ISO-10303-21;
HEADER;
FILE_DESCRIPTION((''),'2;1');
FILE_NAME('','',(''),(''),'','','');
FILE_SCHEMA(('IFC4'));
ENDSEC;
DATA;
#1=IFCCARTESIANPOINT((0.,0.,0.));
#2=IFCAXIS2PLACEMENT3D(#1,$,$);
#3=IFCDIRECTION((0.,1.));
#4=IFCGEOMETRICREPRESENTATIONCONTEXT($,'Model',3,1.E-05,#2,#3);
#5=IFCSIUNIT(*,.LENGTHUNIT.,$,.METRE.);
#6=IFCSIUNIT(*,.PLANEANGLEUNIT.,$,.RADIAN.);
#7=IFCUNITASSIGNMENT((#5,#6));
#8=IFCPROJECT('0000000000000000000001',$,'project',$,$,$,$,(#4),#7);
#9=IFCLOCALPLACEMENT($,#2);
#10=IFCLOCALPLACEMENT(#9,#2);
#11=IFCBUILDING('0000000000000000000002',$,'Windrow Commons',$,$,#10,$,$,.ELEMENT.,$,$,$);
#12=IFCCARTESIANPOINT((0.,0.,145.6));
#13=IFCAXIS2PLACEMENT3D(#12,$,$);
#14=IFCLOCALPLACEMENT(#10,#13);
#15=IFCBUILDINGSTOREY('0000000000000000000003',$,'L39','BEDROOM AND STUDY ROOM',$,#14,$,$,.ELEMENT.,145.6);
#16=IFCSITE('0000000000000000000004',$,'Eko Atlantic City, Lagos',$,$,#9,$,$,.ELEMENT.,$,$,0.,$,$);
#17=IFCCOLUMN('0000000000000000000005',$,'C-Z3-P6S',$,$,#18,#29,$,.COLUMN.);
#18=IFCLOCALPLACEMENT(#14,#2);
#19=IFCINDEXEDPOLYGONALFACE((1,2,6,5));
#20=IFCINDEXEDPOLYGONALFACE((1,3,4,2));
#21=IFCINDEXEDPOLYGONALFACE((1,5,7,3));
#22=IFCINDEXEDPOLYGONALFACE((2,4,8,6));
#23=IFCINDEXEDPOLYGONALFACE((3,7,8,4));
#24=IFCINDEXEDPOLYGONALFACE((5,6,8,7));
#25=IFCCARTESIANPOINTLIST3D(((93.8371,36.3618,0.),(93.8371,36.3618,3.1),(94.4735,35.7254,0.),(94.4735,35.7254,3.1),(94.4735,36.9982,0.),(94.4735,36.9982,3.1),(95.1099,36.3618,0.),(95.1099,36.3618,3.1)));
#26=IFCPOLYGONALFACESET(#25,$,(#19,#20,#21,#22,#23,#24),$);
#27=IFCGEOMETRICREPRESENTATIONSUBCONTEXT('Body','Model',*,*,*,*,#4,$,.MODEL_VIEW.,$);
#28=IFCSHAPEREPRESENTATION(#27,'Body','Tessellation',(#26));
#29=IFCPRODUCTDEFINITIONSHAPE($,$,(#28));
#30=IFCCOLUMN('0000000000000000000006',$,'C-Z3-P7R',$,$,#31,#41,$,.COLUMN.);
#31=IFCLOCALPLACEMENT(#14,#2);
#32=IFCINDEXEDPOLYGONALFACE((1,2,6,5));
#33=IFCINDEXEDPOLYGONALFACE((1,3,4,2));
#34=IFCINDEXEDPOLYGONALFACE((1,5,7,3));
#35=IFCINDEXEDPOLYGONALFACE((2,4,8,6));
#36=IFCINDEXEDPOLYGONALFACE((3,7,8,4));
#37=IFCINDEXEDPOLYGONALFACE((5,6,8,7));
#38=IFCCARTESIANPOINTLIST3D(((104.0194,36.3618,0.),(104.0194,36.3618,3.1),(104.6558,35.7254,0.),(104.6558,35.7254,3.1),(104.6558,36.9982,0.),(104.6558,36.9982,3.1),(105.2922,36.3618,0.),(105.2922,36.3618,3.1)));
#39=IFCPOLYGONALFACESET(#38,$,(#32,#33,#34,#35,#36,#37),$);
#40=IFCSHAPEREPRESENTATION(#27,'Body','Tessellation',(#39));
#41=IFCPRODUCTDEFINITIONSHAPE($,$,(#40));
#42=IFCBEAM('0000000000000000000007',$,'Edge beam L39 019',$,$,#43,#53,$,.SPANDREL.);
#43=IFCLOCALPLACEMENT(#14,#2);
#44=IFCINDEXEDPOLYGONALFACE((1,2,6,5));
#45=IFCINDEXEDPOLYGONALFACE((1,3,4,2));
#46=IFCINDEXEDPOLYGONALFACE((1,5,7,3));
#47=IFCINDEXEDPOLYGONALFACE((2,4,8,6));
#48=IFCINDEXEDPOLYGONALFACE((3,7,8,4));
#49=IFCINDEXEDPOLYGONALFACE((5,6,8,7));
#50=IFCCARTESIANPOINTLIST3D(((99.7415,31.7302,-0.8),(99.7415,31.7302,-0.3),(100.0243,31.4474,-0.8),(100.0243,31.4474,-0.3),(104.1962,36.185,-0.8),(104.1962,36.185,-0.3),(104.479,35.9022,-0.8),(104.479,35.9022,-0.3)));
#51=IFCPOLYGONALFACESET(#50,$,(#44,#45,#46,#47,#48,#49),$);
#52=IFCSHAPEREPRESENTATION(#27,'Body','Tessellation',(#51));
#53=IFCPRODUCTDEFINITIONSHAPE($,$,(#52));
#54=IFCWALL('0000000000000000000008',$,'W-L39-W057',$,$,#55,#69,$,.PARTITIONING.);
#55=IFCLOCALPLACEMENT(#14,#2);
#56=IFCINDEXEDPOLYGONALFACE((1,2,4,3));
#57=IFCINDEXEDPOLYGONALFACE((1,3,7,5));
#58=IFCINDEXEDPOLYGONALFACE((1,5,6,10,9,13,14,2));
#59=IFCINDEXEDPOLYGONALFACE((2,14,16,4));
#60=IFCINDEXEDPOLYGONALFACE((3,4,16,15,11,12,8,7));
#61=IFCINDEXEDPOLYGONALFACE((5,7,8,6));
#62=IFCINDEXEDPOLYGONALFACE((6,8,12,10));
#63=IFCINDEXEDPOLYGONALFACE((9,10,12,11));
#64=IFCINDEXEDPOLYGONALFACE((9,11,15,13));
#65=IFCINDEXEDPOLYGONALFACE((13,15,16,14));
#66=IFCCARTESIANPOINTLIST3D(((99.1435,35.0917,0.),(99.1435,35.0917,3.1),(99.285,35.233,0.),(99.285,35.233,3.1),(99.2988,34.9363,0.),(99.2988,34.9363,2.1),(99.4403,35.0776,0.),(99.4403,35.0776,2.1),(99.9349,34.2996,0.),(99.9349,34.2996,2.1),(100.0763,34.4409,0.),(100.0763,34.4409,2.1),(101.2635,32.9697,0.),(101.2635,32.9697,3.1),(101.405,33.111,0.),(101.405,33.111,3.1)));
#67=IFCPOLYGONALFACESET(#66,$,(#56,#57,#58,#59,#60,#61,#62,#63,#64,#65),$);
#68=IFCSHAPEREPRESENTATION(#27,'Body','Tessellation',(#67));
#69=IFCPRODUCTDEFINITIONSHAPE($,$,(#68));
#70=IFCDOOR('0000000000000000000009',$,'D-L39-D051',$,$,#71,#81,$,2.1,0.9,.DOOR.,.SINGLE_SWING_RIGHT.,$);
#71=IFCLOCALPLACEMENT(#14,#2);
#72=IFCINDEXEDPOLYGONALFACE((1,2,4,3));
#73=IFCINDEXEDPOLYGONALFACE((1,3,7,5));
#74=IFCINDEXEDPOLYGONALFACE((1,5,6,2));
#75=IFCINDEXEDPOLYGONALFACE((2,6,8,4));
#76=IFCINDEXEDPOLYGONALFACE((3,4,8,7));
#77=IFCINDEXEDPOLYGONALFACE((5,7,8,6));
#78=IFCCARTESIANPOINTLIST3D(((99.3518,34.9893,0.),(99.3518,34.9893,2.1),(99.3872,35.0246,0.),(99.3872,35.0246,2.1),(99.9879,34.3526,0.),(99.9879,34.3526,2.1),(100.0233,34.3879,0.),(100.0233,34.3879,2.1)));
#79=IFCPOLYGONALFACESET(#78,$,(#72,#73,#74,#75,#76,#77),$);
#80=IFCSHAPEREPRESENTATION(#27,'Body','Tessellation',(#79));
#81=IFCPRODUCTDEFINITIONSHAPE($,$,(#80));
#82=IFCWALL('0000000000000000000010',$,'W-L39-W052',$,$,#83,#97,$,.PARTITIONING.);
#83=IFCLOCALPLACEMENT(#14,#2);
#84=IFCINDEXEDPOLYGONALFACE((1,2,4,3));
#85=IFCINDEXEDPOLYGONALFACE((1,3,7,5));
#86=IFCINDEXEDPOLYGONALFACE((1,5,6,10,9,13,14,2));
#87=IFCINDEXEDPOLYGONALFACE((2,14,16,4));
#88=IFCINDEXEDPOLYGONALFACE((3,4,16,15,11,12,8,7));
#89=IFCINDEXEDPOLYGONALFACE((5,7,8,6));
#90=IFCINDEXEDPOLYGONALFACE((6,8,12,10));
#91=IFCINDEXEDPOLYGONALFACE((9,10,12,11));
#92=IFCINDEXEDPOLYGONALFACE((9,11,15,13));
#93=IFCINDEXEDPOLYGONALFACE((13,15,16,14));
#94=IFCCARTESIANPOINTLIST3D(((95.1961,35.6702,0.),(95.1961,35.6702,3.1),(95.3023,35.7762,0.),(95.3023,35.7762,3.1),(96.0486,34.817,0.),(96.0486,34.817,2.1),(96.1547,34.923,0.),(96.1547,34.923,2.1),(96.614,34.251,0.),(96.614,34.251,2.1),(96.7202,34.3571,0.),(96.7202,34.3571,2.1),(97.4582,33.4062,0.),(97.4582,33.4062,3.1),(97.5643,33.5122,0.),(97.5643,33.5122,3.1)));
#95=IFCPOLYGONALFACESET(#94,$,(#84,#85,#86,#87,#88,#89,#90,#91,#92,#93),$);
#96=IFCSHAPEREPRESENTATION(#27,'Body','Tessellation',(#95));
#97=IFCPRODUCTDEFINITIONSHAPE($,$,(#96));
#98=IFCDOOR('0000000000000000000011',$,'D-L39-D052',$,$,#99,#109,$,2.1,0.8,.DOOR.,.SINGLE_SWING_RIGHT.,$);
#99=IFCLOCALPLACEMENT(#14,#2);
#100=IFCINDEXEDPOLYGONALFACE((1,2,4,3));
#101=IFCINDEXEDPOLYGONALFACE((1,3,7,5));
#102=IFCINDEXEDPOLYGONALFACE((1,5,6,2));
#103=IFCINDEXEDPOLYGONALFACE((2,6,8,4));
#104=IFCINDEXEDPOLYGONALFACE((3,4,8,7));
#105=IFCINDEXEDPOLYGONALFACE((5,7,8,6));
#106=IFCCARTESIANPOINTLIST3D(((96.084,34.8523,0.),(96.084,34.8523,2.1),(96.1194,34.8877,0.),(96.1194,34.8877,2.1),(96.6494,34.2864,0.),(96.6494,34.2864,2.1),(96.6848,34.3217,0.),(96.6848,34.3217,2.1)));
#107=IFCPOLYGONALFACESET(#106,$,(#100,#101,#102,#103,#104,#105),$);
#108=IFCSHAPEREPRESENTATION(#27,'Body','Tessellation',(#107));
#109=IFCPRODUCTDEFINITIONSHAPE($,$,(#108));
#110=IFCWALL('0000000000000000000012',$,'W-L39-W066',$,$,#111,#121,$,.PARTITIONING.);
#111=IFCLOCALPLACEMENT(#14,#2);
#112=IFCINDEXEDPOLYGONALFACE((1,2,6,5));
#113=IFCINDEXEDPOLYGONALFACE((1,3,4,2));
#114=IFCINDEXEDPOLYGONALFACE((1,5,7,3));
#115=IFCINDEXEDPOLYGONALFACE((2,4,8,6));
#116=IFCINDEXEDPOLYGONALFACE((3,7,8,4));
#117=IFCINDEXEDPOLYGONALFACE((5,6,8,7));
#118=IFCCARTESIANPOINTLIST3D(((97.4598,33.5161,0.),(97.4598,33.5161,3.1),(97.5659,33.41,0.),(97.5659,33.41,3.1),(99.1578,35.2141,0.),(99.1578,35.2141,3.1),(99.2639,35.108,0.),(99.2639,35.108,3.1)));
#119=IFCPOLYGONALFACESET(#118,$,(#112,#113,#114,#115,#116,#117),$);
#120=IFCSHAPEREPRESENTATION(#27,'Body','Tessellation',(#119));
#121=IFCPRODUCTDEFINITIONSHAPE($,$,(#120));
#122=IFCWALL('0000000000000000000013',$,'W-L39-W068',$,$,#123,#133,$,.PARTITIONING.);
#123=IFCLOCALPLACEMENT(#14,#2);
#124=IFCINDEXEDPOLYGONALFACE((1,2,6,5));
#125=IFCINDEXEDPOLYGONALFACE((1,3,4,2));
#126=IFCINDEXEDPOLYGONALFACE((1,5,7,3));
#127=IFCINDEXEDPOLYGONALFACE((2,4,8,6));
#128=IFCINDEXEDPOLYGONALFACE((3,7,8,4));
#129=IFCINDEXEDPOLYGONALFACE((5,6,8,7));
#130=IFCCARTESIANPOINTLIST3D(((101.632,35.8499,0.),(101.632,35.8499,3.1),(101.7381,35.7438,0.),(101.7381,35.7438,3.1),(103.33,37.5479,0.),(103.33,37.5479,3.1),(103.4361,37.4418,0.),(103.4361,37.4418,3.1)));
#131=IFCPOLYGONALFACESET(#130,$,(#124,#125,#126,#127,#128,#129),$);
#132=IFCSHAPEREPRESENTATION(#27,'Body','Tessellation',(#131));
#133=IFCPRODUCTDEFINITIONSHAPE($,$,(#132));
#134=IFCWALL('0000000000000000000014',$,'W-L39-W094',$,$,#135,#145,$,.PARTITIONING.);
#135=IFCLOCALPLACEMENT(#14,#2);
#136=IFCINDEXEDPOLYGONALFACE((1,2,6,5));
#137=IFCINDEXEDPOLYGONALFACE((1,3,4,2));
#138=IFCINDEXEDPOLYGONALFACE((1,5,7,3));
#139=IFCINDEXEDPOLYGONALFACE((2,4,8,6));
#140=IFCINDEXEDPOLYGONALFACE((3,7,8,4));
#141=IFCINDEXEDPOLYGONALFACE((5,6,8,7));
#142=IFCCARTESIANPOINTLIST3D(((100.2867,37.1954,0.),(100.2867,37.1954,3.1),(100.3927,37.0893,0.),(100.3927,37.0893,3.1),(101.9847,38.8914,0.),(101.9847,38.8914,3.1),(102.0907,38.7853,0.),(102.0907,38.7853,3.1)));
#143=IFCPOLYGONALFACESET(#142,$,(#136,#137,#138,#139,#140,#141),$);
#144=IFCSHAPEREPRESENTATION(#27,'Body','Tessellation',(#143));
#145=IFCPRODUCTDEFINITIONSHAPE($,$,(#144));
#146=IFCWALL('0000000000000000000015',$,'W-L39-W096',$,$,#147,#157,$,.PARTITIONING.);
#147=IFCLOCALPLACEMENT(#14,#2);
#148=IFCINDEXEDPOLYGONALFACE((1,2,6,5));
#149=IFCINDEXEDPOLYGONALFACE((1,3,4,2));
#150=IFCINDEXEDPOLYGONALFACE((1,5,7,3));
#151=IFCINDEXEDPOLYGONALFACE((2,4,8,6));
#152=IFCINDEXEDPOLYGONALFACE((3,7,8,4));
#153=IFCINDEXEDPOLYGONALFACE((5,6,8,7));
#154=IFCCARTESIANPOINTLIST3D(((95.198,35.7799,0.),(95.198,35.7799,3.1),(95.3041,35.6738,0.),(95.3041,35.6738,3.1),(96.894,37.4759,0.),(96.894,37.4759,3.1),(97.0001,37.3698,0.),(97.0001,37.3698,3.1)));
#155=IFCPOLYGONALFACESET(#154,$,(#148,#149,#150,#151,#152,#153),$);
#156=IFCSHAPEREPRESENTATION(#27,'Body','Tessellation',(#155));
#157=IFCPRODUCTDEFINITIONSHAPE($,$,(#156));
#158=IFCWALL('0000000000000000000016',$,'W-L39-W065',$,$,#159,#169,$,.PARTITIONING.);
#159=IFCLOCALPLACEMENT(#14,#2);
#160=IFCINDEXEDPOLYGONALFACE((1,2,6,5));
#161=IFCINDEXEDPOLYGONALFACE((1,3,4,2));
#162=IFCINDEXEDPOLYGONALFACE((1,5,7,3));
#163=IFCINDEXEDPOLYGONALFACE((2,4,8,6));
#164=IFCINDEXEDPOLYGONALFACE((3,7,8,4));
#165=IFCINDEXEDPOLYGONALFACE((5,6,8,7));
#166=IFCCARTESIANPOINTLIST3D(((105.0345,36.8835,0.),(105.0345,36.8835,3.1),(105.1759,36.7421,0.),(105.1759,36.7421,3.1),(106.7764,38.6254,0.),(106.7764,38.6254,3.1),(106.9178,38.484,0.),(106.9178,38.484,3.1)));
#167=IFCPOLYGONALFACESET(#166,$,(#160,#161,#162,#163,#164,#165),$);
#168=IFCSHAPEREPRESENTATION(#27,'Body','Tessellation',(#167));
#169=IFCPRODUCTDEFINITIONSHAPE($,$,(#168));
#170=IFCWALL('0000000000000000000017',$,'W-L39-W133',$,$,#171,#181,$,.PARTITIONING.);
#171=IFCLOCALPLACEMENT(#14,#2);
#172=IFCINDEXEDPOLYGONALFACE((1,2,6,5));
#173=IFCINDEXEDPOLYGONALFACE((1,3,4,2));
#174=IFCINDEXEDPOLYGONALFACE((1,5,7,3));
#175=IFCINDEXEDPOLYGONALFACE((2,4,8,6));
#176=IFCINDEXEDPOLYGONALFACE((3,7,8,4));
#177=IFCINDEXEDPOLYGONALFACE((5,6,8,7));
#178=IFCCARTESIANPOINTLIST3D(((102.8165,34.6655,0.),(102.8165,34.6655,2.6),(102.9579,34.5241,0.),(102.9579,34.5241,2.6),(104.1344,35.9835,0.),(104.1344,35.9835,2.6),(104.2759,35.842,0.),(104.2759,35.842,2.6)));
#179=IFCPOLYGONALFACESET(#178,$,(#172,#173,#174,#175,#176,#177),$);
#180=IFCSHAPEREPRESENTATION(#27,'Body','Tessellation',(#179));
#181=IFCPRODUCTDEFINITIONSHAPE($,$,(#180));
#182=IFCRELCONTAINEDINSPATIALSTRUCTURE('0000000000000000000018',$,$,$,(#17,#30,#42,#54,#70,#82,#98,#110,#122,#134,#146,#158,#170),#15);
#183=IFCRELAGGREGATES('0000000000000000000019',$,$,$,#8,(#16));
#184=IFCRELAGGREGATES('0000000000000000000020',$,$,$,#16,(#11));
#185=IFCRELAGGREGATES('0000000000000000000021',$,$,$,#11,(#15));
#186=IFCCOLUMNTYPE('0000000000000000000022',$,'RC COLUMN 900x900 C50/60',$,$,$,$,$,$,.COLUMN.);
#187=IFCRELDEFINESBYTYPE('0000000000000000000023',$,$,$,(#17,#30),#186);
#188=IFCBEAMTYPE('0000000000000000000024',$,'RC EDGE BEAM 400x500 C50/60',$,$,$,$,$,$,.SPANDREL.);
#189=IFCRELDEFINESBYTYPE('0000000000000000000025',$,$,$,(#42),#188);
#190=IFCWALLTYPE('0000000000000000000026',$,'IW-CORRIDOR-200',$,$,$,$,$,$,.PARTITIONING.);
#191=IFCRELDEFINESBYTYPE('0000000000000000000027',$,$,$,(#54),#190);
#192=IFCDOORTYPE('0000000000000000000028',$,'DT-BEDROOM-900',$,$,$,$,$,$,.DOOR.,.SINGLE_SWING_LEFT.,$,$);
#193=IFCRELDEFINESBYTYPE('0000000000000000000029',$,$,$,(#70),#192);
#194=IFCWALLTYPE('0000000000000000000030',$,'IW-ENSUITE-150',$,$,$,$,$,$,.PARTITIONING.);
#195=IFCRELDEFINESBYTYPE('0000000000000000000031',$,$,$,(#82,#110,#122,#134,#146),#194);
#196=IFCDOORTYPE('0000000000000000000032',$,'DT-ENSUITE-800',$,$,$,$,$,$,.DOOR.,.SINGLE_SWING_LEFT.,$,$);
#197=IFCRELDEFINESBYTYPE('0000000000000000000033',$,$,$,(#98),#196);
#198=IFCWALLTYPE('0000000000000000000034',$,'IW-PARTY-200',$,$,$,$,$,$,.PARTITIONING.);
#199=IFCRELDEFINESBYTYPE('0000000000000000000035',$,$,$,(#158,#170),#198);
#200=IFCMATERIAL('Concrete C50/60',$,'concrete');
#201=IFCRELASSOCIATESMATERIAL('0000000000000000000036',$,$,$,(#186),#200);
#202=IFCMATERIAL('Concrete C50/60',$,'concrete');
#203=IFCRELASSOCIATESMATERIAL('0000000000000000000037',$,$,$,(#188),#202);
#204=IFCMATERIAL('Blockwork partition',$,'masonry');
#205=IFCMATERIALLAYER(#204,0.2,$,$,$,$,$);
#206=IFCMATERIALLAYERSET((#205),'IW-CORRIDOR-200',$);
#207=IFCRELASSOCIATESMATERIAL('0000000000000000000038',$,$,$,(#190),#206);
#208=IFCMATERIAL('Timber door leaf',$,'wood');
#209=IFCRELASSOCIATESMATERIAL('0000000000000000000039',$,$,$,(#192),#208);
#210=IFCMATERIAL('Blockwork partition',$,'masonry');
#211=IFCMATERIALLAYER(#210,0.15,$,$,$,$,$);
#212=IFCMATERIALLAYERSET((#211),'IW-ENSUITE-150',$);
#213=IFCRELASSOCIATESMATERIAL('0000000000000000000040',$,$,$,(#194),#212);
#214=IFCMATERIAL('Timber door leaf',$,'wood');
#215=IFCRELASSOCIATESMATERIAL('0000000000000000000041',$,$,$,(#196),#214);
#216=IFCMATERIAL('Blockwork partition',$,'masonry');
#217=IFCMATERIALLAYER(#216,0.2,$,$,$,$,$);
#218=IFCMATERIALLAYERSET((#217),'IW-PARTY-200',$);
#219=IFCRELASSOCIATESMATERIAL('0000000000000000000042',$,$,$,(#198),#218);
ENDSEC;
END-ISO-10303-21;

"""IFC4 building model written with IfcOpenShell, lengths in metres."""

from ifc_helpers import new_model, si_unit, direction, frame, frame_2d, origin, origin_2d, place, context, subcontext, project, spatial, rectangle, extrude, material, layer, layer_set, material_profile, profile_set, type_object, element, fill, save


model = new_model("IFC4")

# Units and contexts
model_context = context("Model", 3, precision=1e-05, world=origin(), true_north=direction((0.0, 1.0)))
body_context = subcontext(model_context, "Body", "Model", "MODEL_VIEW")
ifc_project = project(units=[si_unit("LENGTHUNIT", "METRE"), si_unit("PLANEANGLEUNIT", "RADIAN")], contexts=[model_context])

# Site, building, storey
site_placement = place(None, origin())
site = spatial("IfcSite", under=ifc_project, at=site_placement, Name="Eko Atlantic City, Lagos", CompositionType="ELEMENT", RefElevation=0.0)
building_placement = place(site_placement, origin())
building = spatial("IfcBuilding", under=site, at=building_placement, Name="Windrow Commons", CompositionType="ELEMENT")
storey_placement = place(building_placement, frame((0.0, 0.0, 145.6)))
storey = spatial("IfcBuildingStorey", under=building, at=storey_placement, Name="L39", Description="BEDROOM AND STUDY ROOM", CompositionType="ELEMENT", Elevation=145.6)

# Columns
ifc_material_1 = material(Name="Concrete C50/60", Category="concrete")
ifc_material_profile_1 = material_profile(ifc_material_1, rectangle(XDim=0.9, YDim=0.9, at=origin_2d()))
ifc_profile_set_1 = profile_set([ifc_material_profile_1], Name="Concrete C50/60")
column_type = type_object("IfcColumnType", Name="RC COLUMN 900x900 C50/60", PredefinedType="COLUMN", material=ifc_profile_set_1)
for number, where, z_axis, x_axis, name in (
    (1, (94.4735, 36.3618, 0.0), (0.0, 0.0, 1.0), (0.707107, -0.707107, 0.0), "C-Z3-P6S"),
    (2, (104.6558, 36.3618, 0.0), (0.0, 0.0, 1.0), (0.707107, -0.707107, 0.0), "C-Z3-P7R"),
):
    element("IfcColumn", number, at=place(storey_placement, frame(where, z_axis=z_axis, x_axis=x_axis)), inside=storey, type_object=column_type, Name=name, PredefinedType="COLUMN", context=body_context, shape_type="SweptSolid", body=[
        extrude(rectangle(XDim=0.9, YDim=0.9, at=origin_2d()), origin(), (0.0, 0.0, 1.0), 3.1),
    ])

# Beam
ifc_material_2 = material(Name="Concrete C50/60", Category="concrete")
ifc_material_profile_2 = material_profile(ifc_material_2, rectangle(XDim=0.4, YDim=0.5, at=origin_2d()))
ifc_profile_set_2 = profile_set([ifc_material_profile_2], Name="Concrete C50/60")
beam_type = type_object("IfcBeamType", Name="RC EDGE BEAM 400x500 C50/60", PredefinedType="SPANDREL", material=ifc_profile_set_2)
beam_placement = place(storey_placement, frame((104.3376, 36.0436, -0.55), z_axis=(-0.707099, -0.707115, 0.0), x_axis=(0.707115, -0.707099, 0.0)))
element("IfcBeam", 3, at=beam_placement, inside=storey, type_object=beam_type, Name="Edge beam L39 019", PredefinedType="SPANDREL", context=body_context, shape_type="SweptSolid", body=[
    extrude(rectangle(XDim=0.4, YDim=0.5, at=origin_2d()), origin(), (0.0, 0.0, 1.0), 6.3),
])

# Walls, openings, doors
ifc_material_3 = material(Name="Blockwork partition", Category="masonry")
ifc_layer_1 = layer(ifc_material_3, 0.2)
ifc_layer_set_1 = layer_set([ifc_layer_1], Name="IW-CORRIDOR-200")
wall_type_1 = type_object("IfcWallType", Name="IW-CORRIDOR-200", PredefinedType="PARTITIONING", material=ifc_layer_set_1)
wall_1_placement = place(storey_placement, frame((99.2143, 35.1623, 0.0), z_axis=(0.0, 0.0, 1.0), x_axis=(0.706773, -0.70744, 0.0)))
wall_1 = element("IfcWall", 4, at=wall_1_placement, inside=storey, type_object=wall_type_1, Name="W-L39-W057", PredefinedType="PARTITIONING", context=body_context, shape_type="SweptSolid", body=[
    extrude(rectangle(XDim=2.9995, YDim=0.2, at=frame_2d((1.4997, 0.0))), origin(), (0.0, 0.0, 1.0), 3.1),
])
opening_1_placement = place(wall_1_placement, frame((0.2196, 0.0, 0.0)))
opening_1 = element("IfcOpeningElement", 5, at=opening_1_placement, cuts=wall_1, PredefinedType="OPENING", context=body_context, shape_type="SweptSolid", body=[
    extrude(rectangle(XDim=0.9, YDim=2.1, at=frame_2d((0.45, 1.05))), frame((0.0, 0.11, 0.0), z_axis=(0.0, -1.0, 0.0), x_axis=(1.0, 0.0, 0.0)), (0.0, 0.0, 1.0), 0.22),
])
ifc_material_4 = material(Name="Timber door leaf", Category="wood")
door_type_1 = type_object("IfcDoorType", Name="DT-BEDROOM-900", OperationType="SINGLE_SWING_LEFT", PredefinedType="DOOR", material=ifc_material_4)
door_1_placement = place(opening_1_placement, origin())
door_1 = element("IfcDoor", 6, at=door_1_placement, inside=storey, type_object=door_type_1, Name="D-L39-D051", OperationType="SINGLE_SWING_RIGHT", OverallHeight=2.1, OverallWidth=0.9, PredefinedType="DOOR", context=body_context, shape_type="SweptSolid", body=[
    extrude(rectangle(XDim=0.9, YDim=2.1, at=frame_2d((0.45, 1.05))), frame((0.0, 0.025, 0.0), z_axis=(0.0, -1.0, 0.0), x_axis=(1.0, 0.0, 0.0)), (0.0, 0.0, 1.0), 0.05),
])
fill(opening_1, door_1)
ifc_material_5 = material(Name="Blockwork partition", Category="masonry")
ifc_layer_2 = layer(ifc_material_5, 0.15)
ifc_layer_set_2 = layer_set([ifc_layer_2], Name="IW-ENSUITE-150")
wall_type_2 = type_object("IfcWallType", Name="IW-ENSUITE-150", PredefinedType="PARTITIONING", material=ifc_layer_set_2)
wall_2_placement = place(storey_placement, frame((95.2492, 35.7232, 0.0), z_axis=(0.0, 0.0, 1.0), x_axis=(0.706794, -0.707419, 0.0)))
wall_2 = element("IfcWall", 7, at=wall_2_placement, inside=storey, type_object=wall_type_2, Name="W-L39-W052", PredefinedType="PARTITIONING", context=body_context, shape_type="SweptSolid", body=[
    extrude(rectangle(XDim=3.2004, YDim=0.15, at=frame_2d((1.6002, 0.0))), origin(), (0.0, 0.0, 1.0), 3.1),
])
opening_2_placement = place(wall_2_placement, frame((1.2061, 0.0, 0.0)))
opening_2 = element("IfcOpeningElement", 8, at=opening_2_placement, cuts=wall_2, PredefinedType="OPENING", context=body_context, shape_type="SweptSolid", body=[
    extrude(rectangle(XDim=0.8, YDim=2.1, at=frame_2d((0.4, 1.05))), frame((0.0, 0.085, 0.0), z_axis=(0.0, -1.0, 0.0), x_axis=(1.0, 0.0, 0.0)), (0.0, 0.0, 1.0), 0.17),
])
ifc_material_6 = material(Name="Timber door leaf", Category="wood")
door_type_2 = type_object("IfcDoorType", Name="DT-ENSUITE-800", OperationType="SINGLE_SWING_LEFT", PredefinedType="DOOR", material=ifc_material_6)
door_2_placement = place(opening_2_placement, origin())
door_2 = element("IfcDoor", 9, at=door_2_placement, inside=storey, type_object=door_type_2, Name="D-L39-D052", OperationType="SINGLE_SWING_RIGHT", OverallHeight=2.1, OverallWidth=0.8, PredefinedType="DOOR", context=body_context, shape_type="SweptSolid", body=[
    extrude(rectangle(XDim=0.8, YDim=2.1, at=frame_2d((0.4, 1.05))), frame((0.0, 0.025, 0.0), z_axis=(0.0, -1.0, 0.0), x_axis=(1.0, 0.0, 0.0)), (0.0, 0.0, 1.0), 0.05),
])
fill(opening_2, door_2)

# Walls
for number, where, z_axis, x_axis, name in (
    (10, (97.5129, 33.4631, 0.0), (0.0, 0.0, 1.0), (0.707107, 0.707107, 0.0), "W-L39-W066"),
    (11, (101.6851, 35.7969, 0.0), (0.0, 0.0, 1.0), (0.707107, 0.707107, 0.0), "W-L39-W068"),
):
    element("IfcWall", number, at=place(storey_placement, frame(where, z_axis=z_axis, x_axis=x_axis)), inside=storey, type_object=wall_type_2, Name=name, PredefinedType="PARTITIONING", context=body_context, shape_type="SweptSolid", body=[
        extrude(rectangle(XDim=2.4013, YDim=0.15, at=frame_2d((1.2006, 0.0))), origin(), (0.0, 0.0, 1.0), 3.1),
    ])
wall_3_placement = place(storey_placement, frame((100.3397, 37.1423, 0.0), z_axis=(0.0, 0.0, 1.0), x_axis=(0.707523, 0.70669, 0.0)))
element("IfcWall", 12, at=wall_3_placement, inside=storey, type_object=wall_type_2, Name="W-L39-W094", PredefinedType="PARTITIONING", context=body_context, shape_type="SweptSolid", body=[
    extrude(rectangle(XDim=2.3999, YDim=0.15, at=frame_2d((1.2, 0.0))), origin(), (0.0, 0.0, 1.0), 3.1),
])
wall_4_placement = place(storey_placement, frame((95.2511, 35.7269, 0.0), z_axis=(0.0, 0.0, 1.0), x_axis=(0.707107, 0.707107, 0.0)))
element("IfcWall", 13, at=wall_4_placement, inside=storey, type_object=wall_type_2, Name="W-L39-W096", PredefinedType="PARTITIONING", context=body_context, shape_type="SweptSolid", body=[
    extrude(rectangle(XDim=2.3985, YDim=0.15, at=frame_2d((1.1992, 0.0))), origin(), (0.0, 0.0, 1.0), 3.1),
])
ifc_material_7 = material(Name="Blockwork partition", Category="masonry")
ifc_layer_3 = layer(ifc_material_7, 0.2)
ifc_layer_set_3 = layer_set([ifc_layer_3], Name="IW-PARTY-200")
wall_type_3 = type_object("IfcWallType", Name="IW-PARTY-200", PredefinedType="PARTITIONING", material=ifc_layer_set_3)
wall_5_placement = place(storey_placement, frame((105.1052, 36.8128, 0.0), z_axis=(0.0, 0.0, 1.0), x_axis=(0.707107, 0.707107, 0.0)))
element("IfcWall", 14, at=wall_5_placement, inside=storey, type_object=wall_type_3, Name="W-L39-W065", PredefinedType="PARTITIONING", context=body_context, shape_type="SweptSolid", body=[
    extrude(rectangle(XDim=2.4634, YDim=0.2, at=frame_2d((1.2317, 0.0))), origin(), (0.0, 0.0, 1.0), 3.1),
])
wall_6_placement = place(storey_placement, frame((102.8872, 34.5948, 0.0), z_axis=(0.0, 0.0, 1.0), x_axis=(0.707107, 0.707107, 0.0)))
element("IfcWall", 15, at=wall_6_placement, inside=storey, type_object=wall_type_3, Name="W-L39-W133", PredefinedType="PARTITIONING", context=body_context, shape_type="SweptSolid", body=[
    extrude(rectangle(XDim=1.8639, YDim=0.2, at=frame_2d((0.9319, 0.0))), origin(), (0.0, 0.0, 1.0), 2.6),
])

save(model, "model.ifc")
